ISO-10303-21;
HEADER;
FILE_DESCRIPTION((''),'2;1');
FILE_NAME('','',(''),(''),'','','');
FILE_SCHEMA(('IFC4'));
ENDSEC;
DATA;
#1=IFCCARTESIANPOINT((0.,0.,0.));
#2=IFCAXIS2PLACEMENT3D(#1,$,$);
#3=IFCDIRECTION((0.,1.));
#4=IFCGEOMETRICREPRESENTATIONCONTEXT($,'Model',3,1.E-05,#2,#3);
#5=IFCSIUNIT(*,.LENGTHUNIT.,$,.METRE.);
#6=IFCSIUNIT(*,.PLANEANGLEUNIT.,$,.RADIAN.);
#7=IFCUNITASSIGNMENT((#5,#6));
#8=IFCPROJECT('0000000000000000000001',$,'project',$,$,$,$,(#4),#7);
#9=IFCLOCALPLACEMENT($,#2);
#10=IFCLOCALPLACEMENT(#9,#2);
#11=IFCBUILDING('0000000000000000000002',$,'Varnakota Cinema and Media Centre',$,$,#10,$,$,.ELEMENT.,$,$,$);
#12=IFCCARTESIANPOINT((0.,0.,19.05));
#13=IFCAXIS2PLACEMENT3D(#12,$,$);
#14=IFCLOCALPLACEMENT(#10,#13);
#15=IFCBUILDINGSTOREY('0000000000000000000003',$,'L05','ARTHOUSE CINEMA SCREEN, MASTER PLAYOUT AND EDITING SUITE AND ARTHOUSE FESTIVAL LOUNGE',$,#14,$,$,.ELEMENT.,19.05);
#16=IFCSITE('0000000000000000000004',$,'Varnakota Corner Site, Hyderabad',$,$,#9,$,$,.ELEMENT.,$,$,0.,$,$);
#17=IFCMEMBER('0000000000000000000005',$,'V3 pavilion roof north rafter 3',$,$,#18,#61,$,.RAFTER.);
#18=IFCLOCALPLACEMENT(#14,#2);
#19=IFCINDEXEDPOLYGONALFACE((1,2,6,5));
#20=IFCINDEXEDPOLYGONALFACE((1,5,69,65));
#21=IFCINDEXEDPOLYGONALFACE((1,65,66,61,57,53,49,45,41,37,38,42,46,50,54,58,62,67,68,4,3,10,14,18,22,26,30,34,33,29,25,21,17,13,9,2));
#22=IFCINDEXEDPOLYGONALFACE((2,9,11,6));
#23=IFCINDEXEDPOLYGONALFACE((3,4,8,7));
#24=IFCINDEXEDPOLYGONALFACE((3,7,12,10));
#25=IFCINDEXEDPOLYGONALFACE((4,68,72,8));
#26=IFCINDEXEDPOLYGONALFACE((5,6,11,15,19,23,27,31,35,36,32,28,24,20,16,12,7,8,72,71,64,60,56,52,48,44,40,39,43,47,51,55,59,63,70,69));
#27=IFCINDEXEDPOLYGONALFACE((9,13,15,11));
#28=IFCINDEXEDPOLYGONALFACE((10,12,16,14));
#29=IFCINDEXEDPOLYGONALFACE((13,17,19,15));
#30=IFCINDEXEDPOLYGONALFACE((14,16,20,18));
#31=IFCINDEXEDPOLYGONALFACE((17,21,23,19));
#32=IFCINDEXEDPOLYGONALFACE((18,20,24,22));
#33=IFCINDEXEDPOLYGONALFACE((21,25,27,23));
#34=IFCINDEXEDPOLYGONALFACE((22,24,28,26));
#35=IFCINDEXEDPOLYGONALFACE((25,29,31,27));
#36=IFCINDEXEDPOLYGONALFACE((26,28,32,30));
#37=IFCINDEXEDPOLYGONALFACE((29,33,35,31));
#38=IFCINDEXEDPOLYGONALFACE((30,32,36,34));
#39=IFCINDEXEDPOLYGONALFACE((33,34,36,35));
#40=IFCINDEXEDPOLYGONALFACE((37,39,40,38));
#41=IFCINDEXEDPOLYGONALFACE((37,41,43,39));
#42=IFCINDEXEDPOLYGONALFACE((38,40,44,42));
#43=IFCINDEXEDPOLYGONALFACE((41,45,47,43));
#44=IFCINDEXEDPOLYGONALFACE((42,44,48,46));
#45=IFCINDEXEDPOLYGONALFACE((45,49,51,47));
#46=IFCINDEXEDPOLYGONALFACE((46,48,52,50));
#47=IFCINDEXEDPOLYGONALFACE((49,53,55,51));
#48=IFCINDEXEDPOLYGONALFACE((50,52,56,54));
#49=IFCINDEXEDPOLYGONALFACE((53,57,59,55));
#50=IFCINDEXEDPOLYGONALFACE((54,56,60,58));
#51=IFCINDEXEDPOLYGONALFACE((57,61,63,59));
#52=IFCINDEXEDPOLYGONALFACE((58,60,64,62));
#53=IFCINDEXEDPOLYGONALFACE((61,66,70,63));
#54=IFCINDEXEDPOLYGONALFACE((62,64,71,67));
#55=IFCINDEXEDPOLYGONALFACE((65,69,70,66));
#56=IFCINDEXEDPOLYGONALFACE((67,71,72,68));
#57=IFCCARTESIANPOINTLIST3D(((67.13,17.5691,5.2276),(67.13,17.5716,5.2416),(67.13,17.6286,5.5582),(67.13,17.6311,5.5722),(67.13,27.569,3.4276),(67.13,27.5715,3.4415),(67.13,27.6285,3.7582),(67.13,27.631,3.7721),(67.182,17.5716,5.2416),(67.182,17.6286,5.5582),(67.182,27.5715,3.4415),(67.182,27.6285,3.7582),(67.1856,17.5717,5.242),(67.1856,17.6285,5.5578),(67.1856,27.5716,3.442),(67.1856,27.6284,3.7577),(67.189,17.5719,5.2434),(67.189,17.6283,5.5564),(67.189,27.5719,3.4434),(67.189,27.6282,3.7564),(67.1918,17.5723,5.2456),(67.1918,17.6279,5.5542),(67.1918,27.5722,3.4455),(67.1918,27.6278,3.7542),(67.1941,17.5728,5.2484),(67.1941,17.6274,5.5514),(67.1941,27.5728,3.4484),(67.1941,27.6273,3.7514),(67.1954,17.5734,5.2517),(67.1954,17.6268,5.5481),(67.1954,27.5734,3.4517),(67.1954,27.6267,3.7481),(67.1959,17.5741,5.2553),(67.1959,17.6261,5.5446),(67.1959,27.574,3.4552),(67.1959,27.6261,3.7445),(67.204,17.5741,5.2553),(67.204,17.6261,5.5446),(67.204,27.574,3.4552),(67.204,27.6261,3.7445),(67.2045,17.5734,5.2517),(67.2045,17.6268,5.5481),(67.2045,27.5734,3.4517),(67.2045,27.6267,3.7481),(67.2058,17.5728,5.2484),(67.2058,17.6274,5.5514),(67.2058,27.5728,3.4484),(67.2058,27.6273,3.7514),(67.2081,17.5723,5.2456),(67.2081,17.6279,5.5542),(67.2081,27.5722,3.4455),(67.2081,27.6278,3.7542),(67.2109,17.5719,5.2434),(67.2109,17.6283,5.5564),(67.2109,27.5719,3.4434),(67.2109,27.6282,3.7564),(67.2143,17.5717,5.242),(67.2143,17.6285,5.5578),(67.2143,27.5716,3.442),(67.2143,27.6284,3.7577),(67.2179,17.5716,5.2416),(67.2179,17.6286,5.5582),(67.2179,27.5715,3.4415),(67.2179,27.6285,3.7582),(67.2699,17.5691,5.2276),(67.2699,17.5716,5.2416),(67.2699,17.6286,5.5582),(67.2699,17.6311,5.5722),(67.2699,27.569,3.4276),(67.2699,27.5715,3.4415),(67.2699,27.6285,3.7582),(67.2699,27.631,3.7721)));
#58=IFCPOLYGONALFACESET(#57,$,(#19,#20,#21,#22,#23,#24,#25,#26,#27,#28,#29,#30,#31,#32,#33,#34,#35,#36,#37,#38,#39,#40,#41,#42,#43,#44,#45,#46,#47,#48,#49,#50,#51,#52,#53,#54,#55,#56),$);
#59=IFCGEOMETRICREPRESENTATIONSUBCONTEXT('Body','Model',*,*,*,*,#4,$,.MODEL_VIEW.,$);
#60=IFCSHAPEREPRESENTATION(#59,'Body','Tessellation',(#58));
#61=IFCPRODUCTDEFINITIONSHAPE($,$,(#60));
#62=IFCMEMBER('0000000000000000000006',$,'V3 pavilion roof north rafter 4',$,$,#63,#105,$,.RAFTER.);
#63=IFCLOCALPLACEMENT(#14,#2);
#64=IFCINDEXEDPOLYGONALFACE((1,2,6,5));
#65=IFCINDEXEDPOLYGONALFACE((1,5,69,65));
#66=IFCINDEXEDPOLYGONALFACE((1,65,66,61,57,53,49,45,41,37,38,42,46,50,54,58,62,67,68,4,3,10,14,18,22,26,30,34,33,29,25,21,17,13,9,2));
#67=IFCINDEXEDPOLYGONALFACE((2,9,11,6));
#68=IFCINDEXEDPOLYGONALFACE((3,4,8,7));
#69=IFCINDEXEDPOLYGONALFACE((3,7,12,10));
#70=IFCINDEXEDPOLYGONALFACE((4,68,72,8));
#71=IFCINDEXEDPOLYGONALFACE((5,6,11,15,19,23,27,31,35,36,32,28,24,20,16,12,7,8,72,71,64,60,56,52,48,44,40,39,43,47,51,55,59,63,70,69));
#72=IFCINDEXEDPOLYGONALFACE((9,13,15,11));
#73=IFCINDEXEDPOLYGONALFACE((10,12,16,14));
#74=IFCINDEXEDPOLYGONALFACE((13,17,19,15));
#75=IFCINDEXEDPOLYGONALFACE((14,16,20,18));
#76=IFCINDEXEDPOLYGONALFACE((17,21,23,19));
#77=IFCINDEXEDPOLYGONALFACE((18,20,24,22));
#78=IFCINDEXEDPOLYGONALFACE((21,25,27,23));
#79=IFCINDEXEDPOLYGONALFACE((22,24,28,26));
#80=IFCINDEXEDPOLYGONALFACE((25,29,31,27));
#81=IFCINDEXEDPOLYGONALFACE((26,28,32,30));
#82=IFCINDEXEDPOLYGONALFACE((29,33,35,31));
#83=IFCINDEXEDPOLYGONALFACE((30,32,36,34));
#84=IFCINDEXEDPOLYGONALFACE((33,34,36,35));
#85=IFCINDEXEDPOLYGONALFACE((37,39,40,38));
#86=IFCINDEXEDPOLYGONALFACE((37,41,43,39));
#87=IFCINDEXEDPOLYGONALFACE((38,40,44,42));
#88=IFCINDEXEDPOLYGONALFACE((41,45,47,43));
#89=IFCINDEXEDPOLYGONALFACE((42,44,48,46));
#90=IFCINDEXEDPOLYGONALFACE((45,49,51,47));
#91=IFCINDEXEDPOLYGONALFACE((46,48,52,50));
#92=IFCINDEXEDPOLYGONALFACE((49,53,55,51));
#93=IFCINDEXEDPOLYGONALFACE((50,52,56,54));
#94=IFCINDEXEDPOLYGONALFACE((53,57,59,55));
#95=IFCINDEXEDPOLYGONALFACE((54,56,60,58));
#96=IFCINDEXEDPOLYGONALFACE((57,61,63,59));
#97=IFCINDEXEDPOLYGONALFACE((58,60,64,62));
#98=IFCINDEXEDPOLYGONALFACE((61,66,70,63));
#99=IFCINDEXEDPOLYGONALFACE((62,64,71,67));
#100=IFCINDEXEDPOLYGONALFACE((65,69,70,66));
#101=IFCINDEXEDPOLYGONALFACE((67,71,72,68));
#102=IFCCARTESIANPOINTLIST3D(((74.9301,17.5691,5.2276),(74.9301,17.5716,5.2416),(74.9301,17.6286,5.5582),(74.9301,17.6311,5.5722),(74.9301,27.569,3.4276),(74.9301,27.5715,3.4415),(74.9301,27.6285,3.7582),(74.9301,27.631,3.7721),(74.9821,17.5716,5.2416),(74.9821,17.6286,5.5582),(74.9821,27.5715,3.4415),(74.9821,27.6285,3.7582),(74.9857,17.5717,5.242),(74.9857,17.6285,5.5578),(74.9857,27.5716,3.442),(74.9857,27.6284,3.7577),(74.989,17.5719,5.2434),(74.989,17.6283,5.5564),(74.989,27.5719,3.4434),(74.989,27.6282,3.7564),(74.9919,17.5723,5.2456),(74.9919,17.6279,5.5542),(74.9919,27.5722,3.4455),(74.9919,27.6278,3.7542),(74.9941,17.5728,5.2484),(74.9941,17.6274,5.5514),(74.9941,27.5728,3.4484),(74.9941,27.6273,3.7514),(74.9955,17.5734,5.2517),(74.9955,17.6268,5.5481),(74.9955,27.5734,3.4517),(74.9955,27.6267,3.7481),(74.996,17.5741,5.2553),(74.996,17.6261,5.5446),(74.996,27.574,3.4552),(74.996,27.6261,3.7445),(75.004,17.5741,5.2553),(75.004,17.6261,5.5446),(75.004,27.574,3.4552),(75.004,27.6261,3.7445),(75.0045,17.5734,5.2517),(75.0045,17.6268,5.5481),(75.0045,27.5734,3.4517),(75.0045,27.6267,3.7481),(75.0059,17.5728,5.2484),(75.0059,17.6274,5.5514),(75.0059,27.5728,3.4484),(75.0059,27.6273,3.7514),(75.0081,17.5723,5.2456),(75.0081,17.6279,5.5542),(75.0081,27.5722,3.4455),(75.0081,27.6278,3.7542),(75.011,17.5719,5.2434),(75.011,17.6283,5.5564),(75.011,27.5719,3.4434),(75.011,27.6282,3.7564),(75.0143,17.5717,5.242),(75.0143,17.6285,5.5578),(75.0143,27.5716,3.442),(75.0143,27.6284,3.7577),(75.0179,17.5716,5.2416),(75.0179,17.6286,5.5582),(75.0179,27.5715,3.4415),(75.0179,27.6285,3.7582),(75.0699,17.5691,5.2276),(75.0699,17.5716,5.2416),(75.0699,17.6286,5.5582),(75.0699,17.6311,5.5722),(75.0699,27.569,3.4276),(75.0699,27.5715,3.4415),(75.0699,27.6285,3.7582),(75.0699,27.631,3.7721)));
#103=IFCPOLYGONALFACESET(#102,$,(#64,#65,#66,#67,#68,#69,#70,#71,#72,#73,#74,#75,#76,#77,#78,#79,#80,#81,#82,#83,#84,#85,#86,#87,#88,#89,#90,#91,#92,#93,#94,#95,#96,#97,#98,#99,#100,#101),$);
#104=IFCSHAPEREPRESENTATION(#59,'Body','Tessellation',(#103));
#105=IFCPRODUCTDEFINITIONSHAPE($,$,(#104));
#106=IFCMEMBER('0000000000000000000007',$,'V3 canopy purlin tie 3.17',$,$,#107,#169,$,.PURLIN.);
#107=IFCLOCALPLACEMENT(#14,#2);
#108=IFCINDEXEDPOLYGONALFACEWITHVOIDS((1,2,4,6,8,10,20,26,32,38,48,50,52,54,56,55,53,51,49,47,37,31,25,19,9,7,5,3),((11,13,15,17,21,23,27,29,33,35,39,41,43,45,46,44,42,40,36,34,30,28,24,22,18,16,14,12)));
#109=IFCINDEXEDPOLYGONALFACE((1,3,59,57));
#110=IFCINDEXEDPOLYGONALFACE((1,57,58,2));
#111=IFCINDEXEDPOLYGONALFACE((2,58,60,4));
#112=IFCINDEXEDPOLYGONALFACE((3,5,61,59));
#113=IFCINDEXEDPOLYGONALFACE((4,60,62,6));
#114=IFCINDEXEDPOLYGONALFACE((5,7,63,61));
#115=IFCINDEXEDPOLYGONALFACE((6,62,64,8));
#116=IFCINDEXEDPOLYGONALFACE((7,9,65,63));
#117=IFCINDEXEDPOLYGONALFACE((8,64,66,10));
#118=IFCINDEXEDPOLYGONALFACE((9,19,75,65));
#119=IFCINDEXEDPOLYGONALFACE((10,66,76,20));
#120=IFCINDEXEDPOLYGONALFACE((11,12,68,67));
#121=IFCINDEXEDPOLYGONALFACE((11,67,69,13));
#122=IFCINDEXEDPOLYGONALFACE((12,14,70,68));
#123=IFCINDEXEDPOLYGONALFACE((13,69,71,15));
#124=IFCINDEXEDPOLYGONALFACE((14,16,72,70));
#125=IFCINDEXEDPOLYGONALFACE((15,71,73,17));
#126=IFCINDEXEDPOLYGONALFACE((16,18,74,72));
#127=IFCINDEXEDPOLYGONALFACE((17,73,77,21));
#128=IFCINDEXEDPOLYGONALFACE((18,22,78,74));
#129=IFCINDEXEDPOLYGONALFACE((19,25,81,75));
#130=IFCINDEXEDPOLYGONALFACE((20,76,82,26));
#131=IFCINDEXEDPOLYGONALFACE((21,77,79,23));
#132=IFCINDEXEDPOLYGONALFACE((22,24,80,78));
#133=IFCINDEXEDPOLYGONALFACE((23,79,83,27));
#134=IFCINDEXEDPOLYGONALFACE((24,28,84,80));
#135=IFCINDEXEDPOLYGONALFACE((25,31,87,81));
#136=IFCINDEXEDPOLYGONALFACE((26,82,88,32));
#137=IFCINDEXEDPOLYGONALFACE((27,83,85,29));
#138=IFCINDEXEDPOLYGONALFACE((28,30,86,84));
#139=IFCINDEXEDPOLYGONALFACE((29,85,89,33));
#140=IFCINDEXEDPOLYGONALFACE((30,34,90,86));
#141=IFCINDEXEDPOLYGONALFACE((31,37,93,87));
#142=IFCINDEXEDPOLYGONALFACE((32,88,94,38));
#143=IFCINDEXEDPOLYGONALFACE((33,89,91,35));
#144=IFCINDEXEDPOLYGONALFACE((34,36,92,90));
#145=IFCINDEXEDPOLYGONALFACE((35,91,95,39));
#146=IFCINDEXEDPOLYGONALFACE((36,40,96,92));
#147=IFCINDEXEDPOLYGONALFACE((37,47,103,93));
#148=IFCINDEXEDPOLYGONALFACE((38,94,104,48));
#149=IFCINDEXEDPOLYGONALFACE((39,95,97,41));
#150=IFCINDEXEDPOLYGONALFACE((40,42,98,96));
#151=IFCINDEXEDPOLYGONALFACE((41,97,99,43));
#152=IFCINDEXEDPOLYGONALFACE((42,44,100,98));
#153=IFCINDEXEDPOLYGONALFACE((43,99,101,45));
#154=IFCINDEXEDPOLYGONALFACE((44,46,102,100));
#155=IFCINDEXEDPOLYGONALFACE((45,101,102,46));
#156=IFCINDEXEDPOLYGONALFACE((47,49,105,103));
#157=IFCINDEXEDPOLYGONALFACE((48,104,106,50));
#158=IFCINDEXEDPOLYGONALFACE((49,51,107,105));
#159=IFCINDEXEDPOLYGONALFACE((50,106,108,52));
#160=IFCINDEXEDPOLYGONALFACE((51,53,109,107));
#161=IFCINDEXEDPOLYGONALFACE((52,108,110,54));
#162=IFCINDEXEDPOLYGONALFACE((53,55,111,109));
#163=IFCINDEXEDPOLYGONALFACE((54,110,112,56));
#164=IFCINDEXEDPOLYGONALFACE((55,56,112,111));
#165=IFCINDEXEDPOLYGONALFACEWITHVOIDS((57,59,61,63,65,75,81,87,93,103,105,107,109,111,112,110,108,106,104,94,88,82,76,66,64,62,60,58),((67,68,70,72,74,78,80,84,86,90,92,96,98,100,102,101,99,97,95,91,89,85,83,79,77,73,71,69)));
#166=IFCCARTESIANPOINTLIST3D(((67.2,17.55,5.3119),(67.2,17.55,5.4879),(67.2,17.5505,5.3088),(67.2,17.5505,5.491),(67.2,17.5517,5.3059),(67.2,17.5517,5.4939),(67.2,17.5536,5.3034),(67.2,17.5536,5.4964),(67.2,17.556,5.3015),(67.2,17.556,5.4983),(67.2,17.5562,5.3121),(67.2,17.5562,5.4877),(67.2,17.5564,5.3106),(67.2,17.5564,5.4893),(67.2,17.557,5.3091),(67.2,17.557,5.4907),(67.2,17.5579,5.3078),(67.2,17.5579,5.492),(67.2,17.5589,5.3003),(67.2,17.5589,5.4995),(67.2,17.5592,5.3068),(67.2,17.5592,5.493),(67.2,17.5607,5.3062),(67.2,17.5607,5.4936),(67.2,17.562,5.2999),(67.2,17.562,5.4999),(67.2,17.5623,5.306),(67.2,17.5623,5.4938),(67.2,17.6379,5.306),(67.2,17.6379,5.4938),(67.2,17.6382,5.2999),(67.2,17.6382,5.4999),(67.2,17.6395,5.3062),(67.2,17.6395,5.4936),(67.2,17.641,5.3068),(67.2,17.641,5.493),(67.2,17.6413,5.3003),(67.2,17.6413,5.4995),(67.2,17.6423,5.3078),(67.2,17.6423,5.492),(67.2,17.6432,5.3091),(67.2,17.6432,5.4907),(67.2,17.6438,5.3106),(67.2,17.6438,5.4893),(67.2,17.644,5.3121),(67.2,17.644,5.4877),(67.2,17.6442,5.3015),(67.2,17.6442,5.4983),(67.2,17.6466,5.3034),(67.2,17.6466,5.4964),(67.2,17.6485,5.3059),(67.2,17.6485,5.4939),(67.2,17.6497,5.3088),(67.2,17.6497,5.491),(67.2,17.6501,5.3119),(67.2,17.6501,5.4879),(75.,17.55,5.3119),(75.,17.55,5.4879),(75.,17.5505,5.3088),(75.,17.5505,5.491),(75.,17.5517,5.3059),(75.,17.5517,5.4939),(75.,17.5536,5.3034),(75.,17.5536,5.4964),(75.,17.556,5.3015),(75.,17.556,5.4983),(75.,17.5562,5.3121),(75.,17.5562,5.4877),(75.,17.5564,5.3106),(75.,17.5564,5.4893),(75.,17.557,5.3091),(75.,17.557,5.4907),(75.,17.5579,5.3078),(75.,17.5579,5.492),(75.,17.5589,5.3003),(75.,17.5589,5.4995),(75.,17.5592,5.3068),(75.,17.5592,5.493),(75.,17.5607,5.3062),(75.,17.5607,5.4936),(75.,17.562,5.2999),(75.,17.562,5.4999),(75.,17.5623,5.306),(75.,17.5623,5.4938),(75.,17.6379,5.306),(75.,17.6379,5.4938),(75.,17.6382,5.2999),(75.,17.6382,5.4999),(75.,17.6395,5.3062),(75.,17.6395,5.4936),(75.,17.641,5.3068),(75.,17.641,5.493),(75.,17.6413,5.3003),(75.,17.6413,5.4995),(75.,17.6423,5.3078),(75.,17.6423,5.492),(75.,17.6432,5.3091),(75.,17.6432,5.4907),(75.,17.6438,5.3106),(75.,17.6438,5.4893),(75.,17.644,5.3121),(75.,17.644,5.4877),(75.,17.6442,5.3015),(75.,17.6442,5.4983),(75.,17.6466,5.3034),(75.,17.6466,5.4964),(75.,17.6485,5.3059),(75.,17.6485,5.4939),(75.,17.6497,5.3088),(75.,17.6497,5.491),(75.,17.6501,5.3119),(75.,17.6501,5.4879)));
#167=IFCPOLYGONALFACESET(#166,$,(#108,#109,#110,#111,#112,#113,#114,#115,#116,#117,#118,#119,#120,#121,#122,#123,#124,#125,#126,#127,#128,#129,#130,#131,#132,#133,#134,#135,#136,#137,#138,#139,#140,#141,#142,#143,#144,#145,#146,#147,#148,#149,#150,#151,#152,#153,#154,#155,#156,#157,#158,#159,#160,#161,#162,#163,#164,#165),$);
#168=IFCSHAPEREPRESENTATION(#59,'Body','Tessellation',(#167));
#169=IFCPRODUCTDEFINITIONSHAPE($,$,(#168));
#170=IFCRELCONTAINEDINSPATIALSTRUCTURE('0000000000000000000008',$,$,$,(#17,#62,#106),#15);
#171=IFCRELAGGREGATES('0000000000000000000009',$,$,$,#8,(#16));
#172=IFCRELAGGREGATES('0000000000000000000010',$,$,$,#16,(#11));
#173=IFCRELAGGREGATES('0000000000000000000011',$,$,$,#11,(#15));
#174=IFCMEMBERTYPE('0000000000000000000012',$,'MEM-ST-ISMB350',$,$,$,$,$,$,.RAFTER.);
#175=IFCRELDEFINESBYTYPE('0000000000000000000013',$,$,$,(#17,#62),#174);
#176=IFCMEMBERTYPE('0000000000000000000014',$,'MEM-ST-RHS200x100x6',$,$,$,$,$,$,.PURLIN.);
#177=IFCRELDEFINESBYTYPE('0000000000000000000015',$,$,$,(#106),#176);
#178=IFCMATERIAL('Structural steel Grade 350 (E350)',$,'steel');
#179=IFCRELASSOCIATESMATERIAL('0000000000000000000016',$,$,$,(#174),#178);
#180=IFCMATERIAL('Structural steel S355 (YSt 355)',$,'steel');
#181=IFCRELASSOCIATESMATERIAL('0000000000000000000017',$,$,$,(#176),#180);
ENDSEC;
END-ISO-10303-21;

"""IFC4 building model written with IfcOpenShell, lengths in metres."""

from ifc_helpers import new_model, si_unit, direction, frame, origin, origin_2d, place, context, subcontext, project, spatial, hollow_rectangle, i_section, extrude, material, material_profile, profile_set, type_object, element, save


model = new_model("IFC4")

# Units and contexts
model_context = context("Model", 3, precision=1e-05, world=origin(), true_north=direction((0.0, 1.0)))
body_context = subcontext(model_context, "Body", "Model", "MODEL_VIEW")
ifc_project = project(units=[si_unit("LENGTHUNIT", "METRE"), si_unit("PLANEANGLEUNIT", "RADIAN")], contexts=[model_context])

# Site, building, storey
site_placement = place(None, origin())
site = spatial("IfcSite", under=ifc_project, at=site_placement, Name="Varnakota Corner Site, Hyderabad", CompositionType="ELEMENT", RefElevation=0.0)
building_placement = place(site_placement, origin())
building = spatial("IfcBuilding", under=site, at=building_placement, Name="Varnakota Cinema and Media Centre", CompositionType="ELEMENT")
storey_placement = place(building_placement, frame((0.0, 0.0, 19.05)))
storey = spatial("IfcBuildingStorey", under=building, at=storey_placement, Name="L05", Description="ARTHOUSE CINEMA SCREEN, MASTER PLAYOUT AND EDITING SUITE AND ARTHOUSE FESTIVAL LOUNGE", CompositionType="ELEMENT", Elevation=19.05)

# Members
ifc_material_1 = material(Name="Structural steel Grade 350 (E350)", Category="steel")
ifc_material_profile_1 = material_profile(ifc_material_1, i_section(OverallWidth=0.1399, OverallDepth=0.3501, WebThickness=0.0081, FlangeThickness=0.0142, FilletRadius=0.0139, at=origin_2d()), Name="ISMB 350")
ifc_profile_set_1 = profile_set([ifc_material_profile_1], Name="Structural steel Grade 350 (E350)")
member_type_1 = type_object("IfcMemberType", Name="MEM-ST-ISMB350", PredefinedType="RAFTER", material=ifc_profile_set_1)
for number, where, z_axis, x_axis, name in (
    (1, (67.2, 17.6001, 5.3999), (0.0, 0.984182, -0.177158), (-1.0, 0.0, 0.0), "V3 pavilion roof north rafter 3"),
    (2, (75.0, 17.6001, 5.3999), (0.0, 0.984182, -0.177158), (-1.0, 0.0, 0.0), "V3 pavilion roof north rafter 4"),
):
    element("IfcMember", number, at=place(storey_placement, frame(where, z_axis=z_axis, x_axis=x_axis)), inside=storey, type_object=member_type_1, Name=name, PredefinedType="RAFTER", context=body_context, shape_type="SweptSolid", body=[
        extrude(i_section(OverallWidth=0.1399, OverallDepth=0.3501, WebThickness=0.0081, FlangeThickness=0.0142, FilletRadius=0.0139, at=origin_2d()), origin(), (0.0, 0.0, 1.0), 10.1606),
    ])
ifc_material_2 = material(Name="Structural steel S355 (YSt 355)", Category="steel")
ifc_material_profile_2 = material_profile(ifc_material_2, hollow_rectangle(XDim=0.1001, YDim=0.2, WallThickness=0.0061, InnerFilletRadius=0.0061, OuterFilletRadius=0.012, at=origin_2d()), Name="RHS 200x100x6")
ifc_profile_set_2 = profile_set([ifc_material_profile_2], Name="Structural steel S355 (YSt 355)")
member_type_2 = type_object("IfcMemberType", Name="MEM-ST-RHS200x100x6", PredefinedType="PURLIN", material=ifc_profile_set_2)
for number, where, z_axis, x_axis, name in (
    (3, (67.2, 17.6001, 5.3999), (1.0, 0.0, 0.0), (0.0, 1.0, 0.0), "V3 canopy purlin tie 3.17"),
):
    element("IfcMember", number, at=place(storey_placement, frame(where, z_axis=z_axis, x_axis=x_axis)), inside=storey, type_object=member_type_2, Name=name, PredefinedType="PURLIN", context=body_context, shape_type="SweptSolid", body=[
        extrude(hollow_rectangle(XDim=0.1001, YDim=0.2, WallThickness=0.0061, InnerFilletRadius=0.0061, OuterFilletRadius=0.012, at=origin_2d()), origin(), (0.0, 0.0, 1.0), 7.8),
    ])

save(model, "model.ifc")
